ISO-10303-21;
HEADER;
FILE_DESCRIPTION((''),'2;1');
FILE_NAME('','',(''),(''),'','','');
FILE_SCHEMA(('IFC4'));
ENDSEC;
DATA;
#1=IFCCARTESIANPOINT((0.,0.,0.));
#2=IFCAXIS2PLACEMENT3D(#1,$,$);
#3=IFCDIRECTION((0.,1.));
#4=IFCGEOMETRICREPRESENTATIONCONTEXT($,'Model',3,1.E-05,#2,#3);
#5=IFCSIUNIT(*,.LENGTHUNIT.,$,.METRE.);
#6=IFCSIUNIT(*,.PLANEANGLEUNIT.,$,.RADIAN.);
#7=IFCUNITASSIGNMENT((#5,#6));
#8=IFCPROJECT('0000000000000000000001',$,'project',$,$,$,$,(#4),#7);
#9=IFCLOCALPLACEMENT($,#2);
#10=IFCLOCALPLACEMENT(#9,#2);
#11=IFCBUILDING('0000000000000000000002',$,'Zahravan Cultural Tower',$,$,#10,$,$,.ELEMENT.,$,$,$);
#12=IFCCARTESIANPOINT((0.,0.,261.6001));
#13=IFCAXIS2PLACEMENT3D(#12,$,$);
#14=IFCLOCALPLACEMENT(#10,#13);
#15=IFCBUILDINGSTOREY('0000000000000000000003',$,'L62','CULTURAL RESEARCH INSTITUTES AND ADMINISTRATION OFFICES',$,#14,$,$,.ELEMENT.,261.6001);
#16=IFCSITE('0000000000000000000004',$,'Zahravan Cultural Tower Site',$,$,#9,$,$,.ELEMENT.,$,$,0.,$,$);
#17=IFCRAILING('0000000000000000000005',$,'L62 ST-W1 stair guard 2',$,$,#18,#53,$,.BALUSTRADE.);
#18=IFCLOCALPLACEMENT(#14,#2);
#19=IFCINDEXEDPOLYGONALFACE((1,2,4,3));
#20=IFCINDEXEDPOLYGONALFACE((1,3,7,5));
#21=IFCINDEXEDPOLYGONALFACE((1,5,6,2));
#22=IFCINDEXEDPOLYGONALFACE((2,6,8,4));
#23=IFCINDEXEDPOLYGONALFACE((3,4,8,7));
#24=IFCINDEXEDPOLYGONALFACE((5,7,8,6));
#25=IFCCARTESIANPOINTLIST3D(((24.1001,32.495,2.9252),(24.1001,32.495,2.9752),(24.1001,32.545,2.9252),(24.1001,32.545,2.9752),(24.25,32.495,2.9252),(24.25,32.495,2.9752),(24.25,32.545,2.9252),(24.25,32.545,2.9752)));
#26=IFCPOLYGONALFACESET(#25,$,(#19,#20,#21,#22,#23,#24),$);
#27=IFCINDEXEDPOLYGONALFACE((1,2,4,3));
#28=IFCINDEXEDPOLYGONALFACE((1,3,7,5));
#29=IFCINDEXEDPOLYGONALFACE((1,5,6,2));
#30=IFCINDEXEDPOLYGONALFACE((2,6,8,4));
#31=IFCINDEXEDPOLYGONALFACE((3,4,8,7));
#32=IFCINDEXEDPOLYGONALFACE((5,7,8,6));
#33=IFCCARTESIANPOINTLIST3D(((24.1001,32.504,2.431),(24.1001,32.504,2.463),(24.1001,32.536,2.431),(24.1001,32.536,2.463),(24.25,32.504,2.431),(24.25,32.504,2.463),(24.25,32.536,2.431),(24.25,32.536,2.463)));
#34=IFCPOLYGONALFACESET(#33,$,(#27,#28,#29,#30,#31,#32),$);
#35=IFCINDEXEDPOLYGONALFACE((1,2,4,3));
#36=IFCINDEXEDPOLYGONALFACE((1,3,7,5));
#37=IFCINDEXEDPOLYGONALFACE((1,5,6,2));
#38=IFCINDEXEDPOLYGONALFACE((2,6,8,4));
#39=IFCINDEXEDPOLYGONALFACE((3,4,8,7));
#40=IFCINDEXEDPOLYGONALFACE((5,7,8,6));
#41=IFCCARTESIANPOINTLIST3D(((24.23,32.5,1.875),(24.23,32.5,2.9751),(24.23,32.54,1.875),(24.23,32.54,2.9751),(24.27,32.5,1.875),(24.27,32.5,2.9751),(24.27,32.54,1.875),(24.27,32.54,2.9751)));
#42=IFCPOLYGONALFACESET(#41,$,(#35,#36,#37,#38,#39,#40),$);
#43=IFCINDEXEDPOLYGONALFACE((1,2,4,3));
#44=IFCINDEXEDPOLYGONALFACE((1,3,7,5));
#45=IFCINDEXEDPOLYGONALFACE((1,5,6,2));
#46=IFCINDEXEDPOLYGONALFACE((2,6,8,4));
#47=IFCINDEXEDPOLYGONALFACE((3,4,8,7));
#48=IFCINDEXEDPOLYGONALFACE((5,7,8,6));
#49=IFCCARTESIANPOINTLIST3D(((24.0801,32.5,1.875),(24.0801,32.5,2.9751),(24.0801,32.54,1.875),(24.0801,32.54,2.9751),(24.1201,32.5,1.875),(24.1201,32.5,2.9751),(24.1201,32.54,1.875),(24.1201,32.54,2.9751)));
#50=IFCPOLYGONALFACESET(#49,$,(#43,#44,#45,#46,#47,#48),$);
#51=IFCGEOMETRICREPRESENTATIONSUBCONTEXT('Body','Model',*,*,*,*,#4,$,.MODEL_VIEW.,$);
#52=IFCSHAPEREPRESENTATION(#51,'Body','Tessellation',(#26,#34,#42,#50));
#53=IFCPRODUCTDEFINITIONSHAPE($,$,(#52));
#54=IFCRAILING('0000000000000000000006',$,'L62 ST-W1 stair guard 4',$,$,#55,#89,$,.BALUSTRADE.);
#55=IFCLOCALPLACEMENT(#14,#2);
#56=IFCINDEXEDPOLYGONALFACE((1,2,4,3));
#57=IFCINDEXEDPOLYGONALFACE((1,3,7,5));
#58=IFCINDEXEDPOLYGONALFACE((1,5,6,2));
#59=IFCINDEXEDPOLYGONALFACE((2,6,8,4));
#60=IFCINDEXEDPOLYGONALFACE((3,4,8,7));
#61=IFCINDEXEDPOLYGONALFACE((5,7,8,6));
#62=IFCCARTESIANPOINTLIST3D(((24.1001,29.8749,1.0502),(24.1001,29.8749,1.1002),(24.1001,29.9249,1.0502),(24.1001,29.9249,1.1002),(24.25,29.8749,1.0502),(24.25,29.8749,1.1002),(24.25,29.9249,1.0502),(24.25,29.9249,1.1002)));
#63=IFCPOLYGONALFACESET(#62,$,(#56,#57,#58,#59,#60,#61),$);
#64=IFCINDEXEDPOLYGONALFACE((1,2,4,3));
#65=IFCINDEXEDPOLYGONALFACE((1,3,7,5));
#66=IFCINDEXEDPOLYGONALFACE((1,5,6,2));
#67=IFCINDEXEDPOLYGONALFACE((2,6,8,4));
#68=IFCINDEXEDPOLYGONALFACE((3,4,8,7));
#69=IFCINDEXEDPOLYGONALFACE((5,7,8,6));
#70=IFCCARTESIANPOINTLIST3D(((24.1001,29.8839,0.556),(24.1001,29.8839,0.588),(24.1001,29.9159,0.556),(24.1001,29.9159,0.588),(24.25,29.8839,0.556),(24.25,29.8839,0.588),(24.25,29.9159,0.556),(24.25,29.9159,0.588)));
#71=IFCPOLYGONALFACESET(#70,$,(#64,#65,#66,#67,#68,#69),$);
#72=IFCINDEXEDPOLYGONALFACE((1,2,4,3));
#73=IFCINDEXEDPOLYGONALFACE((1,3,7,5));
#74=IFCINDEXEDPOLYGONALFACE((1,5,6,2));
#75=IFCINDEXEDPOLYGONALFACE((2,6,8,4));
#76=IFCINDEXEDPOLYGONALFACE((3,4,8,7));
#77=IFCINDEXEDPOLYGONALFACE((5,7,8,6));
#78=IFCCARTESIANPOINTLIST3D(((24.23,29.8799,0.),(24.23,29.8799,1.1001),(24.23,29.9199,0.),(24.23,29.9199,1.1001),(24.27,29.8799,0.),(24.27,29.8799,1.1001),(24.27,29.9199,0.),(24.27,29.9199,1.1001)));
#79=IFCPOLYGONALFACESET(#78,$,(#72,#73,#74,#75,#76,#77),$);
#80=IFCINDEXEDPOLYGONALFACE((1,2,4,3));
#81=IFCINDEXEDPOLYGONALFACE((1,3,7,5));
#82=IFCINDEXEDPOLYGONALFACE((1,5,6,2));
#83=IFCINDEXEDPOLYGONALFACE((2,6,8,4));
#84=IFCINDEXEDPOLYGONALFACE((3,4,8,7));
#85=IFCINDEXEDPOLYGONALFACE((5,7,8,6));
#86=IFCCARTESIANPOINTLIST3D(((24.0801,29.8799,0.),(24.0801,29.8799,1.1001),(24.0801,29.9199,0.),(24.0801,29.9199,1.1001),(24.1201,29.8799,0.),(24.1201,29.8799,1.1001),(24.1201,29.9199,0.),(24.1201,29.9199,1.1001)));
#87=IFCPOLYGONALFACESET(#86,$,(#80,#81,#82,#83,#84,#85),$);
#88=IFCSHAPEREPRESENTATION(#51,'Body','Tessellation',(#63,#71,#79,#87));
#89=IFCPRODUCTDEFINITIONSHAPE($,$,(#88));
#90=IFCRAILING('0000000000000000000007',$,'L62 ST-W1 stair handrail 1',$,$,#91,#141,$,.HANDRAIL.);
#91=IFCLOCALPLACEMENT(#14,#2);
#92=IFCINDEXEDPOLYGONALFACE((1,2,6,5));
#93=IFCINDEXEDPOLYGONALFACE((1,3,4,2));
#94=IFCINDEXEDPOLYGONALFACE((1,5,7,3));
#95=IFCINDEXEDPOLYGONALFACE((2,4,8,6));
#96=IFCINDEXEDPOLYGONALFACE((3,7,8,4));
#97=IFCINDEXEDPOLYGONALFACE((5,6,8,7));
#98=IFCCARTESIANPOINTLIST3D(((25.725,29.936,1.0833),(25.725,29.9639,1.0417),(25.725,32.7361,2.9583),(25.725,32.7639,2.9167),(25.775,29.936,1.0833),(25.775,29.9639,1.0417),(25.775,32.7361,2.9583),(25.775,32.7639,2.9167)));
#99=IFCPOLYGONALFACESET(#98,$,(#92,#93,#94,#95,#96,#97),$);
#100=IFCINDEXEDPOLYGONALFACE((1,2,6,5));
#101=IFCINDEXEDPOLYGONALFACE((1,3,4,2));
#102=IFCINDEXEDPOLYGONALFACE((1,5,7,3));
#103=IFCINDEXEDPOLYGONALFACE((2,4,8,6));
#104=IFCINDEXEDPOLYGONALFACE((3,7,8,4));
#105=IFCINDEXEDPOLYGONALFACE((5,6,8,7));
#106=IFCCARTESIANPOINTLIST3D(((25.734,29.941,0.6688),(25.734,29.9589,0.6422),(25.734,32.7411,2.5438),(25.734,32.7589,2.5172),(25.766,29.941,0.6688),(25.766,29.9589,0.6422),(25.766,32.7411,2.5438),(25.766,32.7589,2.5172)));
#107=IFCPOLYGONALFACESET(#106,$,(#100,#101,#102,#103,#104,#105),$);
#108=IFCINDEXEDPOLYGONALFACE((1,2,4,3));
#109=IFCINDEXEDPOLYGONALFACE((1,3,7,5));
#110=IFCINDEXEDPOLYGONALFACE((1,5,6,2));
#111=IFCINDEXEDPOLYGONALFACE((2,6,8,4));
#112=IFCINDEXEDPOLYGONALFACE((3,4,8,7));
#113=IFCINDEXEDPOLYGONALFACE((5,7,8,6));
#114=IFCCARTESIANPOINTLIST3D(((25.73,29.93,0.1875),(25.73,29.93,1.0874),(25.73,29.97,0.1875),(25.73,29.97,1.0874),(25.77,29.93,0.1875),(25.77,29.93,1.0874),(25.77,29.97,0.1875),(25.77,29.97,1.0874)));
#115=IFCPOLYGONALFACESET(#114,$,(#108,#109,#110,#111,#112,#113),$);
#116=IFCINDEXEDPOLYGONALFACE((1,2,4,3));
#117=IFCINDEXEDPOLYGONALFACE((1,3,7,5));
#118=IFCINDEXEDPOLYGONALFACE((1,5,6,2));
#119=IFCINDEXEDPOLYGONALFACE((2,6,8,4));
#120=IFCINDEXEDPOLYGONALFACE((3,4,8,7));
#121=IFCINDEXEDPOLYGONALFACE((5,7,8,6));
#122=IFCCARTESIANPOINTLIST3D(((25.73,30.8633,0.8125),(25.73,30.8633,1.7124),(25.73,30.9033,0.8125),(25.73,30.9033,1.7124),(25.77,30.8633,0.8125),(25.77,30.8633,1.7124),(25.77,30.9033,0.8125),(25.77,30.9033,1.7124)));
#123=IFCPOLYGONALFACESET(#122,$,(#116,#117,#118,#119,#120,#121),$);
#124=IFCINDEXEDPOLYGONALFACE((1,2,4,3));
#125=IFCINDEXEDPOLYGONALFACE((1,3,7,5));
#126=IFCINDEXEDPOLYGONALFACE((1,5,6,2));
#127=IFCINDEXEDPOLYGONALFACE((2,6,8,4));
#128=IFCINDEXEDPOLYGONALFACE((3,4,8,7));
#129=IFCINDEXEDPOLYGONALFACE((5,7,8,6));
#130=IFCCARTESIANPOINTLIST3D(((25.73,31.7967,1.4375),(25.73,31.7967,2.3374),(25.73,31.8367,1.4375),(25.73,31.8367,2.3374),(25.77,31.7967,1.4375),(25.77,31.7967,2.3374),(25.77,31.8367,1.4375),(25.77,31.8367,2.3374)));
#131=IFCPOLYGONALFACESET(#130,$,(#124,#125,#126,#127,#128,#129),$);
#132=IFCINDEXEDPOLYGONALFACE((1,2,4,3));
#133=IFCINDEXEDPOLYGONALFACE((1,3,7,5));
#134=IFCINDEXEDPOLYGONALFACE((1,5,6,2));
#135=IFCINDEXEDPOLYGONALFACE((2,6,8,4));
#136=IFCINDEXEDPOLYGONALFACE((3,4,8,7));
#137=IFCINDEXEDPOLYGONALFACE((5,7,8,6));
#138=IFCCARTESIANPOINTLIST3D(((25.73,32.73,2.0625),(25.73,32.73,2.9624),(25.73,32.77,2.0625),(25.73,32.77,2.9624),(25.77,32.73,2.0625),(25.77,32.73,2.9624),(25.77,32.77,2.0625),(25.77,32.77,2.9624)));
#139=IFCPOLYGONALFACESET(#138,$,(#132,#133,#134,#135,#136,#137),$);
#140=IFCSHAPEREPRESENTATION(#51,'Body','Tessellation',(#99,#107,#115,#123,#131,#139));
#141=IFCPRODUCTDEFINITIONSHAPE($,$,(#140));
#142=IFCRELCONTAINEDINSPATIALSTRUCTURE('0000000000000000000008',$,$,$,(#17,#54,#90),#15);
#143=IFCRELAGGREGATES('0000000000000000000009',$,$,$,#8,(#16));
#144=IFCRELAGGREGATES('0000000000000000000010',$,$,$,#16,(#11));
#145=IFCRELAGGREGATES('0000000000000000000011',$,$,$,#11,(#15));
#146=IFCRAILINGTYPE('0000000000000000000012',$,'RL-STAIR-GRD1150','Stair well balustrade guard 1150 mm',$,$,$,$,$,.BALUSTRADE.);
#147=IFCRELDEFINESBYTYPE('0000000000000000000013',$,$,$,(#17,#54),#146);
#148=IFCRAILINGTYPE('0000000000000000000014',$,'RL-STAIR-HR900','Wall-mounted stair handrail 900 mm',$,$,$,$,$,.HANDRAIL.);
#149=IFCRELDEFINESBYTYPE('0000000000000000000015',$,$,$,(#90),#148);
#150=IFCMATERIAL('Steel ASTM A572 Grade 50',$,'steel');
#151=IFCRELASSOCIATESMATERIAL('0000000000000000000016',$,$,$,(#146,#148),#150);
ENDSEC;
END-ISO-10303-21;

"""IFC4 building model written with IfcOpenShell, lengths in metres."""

from ifc_helpers import new_model, si_unit, direction, frame, origin, origin_2d, place, context, subcontext, project, spatial, rectangle, extrude, material, type_object, element, save


model = new_model("IFC4")

# Units and contexts
model_context = context("Model", 3, precision=1e-05, world=origin(), true_north=direction((0.0, 1.0)))
body_context = subcontext(model_context, "Body", "Model", "MODEL_VIEW")
ifc_project = project(units=[si_unit("LENGTHUNIT", "METRE"), si_unit("PLANEANGLEUNIT", "RADIAN")], contexts=[model_context])

# Site, building, storey
site_placement = place(None, origin())
site = spatial("IfcSite", under=ifc_project, at=site_placement, Name="Zahravan Cultural Tower Site", CompositionType="ELEMENT", RefElevation=0.0)
building_placement = place(site_placement, origin())
building = spatial("IfcBuilding", under=site, at=building_placement, Name="Zahravan Cultural Tower", CompositionType="ELEMENT")
storey_placement = place(building_placement, frame((0.0, 0.0, 261.6001)))
storey = spatial("IfcBuildingStorey", under=building, at=storey_placement, Name="L62", Description="CULTURAL RESEARCH INSTITUTES AND ADMINISTRATION OFFICES", CompositionType="ELEMENT", Elevation=261.6001)

# Shared definitions
ifc_material_1 = material(Name="Steel ASTM A572 Grade 50", Category="steel")

# Railings
railing_type_1 = type_object("IfcRailingType", Name="RL-STAIR-GRD1150", Description="Stair well balustrade guard 1150 mm", PredefinedType="BALUSTRADE", material=ifc_material_1)
for number, where, name in (
    (1, (24.25, 32.52, 1.875), "L62 ST-W1 stair guard 2"),
    (2, (24.25, 29.8999, 0.0), "L62 ST-W1 stair guard 4"),
):
    element("IfcRailing", number, at=place(storey_placement, frame(where)), inside=storey, type_object=railing_type_1, Name=name, PredefinedType="BALUSTRADE", context=body_context, shape_type="SweptSolid", body=[
        extrude(rectangle(XDim=0.05, YDim=0.05, at=origin_2d()), frame((0.0, 0.0, 1.0752), z_axis=(-1.0, 0.0, 0.0), x_axis=(0.0, -1.0, 0.0)), (0.0, 0.0, 1.0), 0.1499),
        extrude(rectangle(XDim=0.032, YDim=0.032, at=origin_2d()), frame((0.0, 0.0, 0.572), z_axis=(-1.0, 0.0, 0.0), x_axis=(0.0, -1.0, 0.0)), (0.0, 0.0, 1.0), 0.1499),
        extrude(rectangle(XDim=0.04, YDim=0.04, at=origin_2d()), origin(), (0.0, 0.0, 1.0), 1.1001),
        extrude(rectangle(XDim=0.04, YDim=0.04, at=origin_2d()), frame((-0.1499, 0.0, 0.0)), (0.0, 0.0, 1.0), 1.1001),
    ])
railing_type_2 = type_object("IfcRailingType", Name="RL-STAIR-HR900", Description="Wall-mounted stair handrail 900 mm", PredefinedType="HANDRAIL", material=ifc_material_1)
railing_1_placement = place(storey_placement, frame((25.75, 29.95, 0.1875)))
element("IfcRailing", 3, at=railing_1_placement, inside=storey, type_object=railing_type_2, Name="L62 ST-W1 stair handrail 1", PredefinedType="HANDRAIL", context=body_context, shape_type="SweptSolid", body=[
    extrude(rectangle(XDim=0.05, YDim=0.05, at=origin_2d()), frame((0.0, 0.0, 0.875), z_axis=(0.0, 0.830912, 0.556404), x_axis=(-1.0, 0.0, 0.0)), (0.0, 0.0, 1.0), 3.3699),
    extrude(rectangle(XDim=0.032, YDim=0.032, at=origin_2d()), frame((0.0, 0.0, 0.468), z_axis=(0.0, 0.830912, 0.556404), x_axis=(-1.0, 0.0, 0.0)), (0.0, 0.0, 1.0), 3.3699),
    extrude(rectangle(XDim=0.04, YDim=0.04, at=origin_2d()), origin(), (0.0, 0.0, 1.0), 0.8999),
    extrude(rectangle(XDim=0.04, YDim=0.04, at=origin_2d()), frame((0.0, 0.9333, 0.625)), (0.0, 0.0, 1.0), 0.8999),
    extrude(rectangle(XDim=0.04, YDim=0.04, at=origin_2d()), frame((0.0, 1.8667, 1.25)), (0.0, 0.0, 1.0), 0.8999),
    extrude(rectangle(XDim=0.04, YDim=0.04, at=origin_2d()), frame((0.0, 2.8, 1.875)), (0.0, 0.0, 1.0), 0.8999),
])

save(model, "model.ifc")
